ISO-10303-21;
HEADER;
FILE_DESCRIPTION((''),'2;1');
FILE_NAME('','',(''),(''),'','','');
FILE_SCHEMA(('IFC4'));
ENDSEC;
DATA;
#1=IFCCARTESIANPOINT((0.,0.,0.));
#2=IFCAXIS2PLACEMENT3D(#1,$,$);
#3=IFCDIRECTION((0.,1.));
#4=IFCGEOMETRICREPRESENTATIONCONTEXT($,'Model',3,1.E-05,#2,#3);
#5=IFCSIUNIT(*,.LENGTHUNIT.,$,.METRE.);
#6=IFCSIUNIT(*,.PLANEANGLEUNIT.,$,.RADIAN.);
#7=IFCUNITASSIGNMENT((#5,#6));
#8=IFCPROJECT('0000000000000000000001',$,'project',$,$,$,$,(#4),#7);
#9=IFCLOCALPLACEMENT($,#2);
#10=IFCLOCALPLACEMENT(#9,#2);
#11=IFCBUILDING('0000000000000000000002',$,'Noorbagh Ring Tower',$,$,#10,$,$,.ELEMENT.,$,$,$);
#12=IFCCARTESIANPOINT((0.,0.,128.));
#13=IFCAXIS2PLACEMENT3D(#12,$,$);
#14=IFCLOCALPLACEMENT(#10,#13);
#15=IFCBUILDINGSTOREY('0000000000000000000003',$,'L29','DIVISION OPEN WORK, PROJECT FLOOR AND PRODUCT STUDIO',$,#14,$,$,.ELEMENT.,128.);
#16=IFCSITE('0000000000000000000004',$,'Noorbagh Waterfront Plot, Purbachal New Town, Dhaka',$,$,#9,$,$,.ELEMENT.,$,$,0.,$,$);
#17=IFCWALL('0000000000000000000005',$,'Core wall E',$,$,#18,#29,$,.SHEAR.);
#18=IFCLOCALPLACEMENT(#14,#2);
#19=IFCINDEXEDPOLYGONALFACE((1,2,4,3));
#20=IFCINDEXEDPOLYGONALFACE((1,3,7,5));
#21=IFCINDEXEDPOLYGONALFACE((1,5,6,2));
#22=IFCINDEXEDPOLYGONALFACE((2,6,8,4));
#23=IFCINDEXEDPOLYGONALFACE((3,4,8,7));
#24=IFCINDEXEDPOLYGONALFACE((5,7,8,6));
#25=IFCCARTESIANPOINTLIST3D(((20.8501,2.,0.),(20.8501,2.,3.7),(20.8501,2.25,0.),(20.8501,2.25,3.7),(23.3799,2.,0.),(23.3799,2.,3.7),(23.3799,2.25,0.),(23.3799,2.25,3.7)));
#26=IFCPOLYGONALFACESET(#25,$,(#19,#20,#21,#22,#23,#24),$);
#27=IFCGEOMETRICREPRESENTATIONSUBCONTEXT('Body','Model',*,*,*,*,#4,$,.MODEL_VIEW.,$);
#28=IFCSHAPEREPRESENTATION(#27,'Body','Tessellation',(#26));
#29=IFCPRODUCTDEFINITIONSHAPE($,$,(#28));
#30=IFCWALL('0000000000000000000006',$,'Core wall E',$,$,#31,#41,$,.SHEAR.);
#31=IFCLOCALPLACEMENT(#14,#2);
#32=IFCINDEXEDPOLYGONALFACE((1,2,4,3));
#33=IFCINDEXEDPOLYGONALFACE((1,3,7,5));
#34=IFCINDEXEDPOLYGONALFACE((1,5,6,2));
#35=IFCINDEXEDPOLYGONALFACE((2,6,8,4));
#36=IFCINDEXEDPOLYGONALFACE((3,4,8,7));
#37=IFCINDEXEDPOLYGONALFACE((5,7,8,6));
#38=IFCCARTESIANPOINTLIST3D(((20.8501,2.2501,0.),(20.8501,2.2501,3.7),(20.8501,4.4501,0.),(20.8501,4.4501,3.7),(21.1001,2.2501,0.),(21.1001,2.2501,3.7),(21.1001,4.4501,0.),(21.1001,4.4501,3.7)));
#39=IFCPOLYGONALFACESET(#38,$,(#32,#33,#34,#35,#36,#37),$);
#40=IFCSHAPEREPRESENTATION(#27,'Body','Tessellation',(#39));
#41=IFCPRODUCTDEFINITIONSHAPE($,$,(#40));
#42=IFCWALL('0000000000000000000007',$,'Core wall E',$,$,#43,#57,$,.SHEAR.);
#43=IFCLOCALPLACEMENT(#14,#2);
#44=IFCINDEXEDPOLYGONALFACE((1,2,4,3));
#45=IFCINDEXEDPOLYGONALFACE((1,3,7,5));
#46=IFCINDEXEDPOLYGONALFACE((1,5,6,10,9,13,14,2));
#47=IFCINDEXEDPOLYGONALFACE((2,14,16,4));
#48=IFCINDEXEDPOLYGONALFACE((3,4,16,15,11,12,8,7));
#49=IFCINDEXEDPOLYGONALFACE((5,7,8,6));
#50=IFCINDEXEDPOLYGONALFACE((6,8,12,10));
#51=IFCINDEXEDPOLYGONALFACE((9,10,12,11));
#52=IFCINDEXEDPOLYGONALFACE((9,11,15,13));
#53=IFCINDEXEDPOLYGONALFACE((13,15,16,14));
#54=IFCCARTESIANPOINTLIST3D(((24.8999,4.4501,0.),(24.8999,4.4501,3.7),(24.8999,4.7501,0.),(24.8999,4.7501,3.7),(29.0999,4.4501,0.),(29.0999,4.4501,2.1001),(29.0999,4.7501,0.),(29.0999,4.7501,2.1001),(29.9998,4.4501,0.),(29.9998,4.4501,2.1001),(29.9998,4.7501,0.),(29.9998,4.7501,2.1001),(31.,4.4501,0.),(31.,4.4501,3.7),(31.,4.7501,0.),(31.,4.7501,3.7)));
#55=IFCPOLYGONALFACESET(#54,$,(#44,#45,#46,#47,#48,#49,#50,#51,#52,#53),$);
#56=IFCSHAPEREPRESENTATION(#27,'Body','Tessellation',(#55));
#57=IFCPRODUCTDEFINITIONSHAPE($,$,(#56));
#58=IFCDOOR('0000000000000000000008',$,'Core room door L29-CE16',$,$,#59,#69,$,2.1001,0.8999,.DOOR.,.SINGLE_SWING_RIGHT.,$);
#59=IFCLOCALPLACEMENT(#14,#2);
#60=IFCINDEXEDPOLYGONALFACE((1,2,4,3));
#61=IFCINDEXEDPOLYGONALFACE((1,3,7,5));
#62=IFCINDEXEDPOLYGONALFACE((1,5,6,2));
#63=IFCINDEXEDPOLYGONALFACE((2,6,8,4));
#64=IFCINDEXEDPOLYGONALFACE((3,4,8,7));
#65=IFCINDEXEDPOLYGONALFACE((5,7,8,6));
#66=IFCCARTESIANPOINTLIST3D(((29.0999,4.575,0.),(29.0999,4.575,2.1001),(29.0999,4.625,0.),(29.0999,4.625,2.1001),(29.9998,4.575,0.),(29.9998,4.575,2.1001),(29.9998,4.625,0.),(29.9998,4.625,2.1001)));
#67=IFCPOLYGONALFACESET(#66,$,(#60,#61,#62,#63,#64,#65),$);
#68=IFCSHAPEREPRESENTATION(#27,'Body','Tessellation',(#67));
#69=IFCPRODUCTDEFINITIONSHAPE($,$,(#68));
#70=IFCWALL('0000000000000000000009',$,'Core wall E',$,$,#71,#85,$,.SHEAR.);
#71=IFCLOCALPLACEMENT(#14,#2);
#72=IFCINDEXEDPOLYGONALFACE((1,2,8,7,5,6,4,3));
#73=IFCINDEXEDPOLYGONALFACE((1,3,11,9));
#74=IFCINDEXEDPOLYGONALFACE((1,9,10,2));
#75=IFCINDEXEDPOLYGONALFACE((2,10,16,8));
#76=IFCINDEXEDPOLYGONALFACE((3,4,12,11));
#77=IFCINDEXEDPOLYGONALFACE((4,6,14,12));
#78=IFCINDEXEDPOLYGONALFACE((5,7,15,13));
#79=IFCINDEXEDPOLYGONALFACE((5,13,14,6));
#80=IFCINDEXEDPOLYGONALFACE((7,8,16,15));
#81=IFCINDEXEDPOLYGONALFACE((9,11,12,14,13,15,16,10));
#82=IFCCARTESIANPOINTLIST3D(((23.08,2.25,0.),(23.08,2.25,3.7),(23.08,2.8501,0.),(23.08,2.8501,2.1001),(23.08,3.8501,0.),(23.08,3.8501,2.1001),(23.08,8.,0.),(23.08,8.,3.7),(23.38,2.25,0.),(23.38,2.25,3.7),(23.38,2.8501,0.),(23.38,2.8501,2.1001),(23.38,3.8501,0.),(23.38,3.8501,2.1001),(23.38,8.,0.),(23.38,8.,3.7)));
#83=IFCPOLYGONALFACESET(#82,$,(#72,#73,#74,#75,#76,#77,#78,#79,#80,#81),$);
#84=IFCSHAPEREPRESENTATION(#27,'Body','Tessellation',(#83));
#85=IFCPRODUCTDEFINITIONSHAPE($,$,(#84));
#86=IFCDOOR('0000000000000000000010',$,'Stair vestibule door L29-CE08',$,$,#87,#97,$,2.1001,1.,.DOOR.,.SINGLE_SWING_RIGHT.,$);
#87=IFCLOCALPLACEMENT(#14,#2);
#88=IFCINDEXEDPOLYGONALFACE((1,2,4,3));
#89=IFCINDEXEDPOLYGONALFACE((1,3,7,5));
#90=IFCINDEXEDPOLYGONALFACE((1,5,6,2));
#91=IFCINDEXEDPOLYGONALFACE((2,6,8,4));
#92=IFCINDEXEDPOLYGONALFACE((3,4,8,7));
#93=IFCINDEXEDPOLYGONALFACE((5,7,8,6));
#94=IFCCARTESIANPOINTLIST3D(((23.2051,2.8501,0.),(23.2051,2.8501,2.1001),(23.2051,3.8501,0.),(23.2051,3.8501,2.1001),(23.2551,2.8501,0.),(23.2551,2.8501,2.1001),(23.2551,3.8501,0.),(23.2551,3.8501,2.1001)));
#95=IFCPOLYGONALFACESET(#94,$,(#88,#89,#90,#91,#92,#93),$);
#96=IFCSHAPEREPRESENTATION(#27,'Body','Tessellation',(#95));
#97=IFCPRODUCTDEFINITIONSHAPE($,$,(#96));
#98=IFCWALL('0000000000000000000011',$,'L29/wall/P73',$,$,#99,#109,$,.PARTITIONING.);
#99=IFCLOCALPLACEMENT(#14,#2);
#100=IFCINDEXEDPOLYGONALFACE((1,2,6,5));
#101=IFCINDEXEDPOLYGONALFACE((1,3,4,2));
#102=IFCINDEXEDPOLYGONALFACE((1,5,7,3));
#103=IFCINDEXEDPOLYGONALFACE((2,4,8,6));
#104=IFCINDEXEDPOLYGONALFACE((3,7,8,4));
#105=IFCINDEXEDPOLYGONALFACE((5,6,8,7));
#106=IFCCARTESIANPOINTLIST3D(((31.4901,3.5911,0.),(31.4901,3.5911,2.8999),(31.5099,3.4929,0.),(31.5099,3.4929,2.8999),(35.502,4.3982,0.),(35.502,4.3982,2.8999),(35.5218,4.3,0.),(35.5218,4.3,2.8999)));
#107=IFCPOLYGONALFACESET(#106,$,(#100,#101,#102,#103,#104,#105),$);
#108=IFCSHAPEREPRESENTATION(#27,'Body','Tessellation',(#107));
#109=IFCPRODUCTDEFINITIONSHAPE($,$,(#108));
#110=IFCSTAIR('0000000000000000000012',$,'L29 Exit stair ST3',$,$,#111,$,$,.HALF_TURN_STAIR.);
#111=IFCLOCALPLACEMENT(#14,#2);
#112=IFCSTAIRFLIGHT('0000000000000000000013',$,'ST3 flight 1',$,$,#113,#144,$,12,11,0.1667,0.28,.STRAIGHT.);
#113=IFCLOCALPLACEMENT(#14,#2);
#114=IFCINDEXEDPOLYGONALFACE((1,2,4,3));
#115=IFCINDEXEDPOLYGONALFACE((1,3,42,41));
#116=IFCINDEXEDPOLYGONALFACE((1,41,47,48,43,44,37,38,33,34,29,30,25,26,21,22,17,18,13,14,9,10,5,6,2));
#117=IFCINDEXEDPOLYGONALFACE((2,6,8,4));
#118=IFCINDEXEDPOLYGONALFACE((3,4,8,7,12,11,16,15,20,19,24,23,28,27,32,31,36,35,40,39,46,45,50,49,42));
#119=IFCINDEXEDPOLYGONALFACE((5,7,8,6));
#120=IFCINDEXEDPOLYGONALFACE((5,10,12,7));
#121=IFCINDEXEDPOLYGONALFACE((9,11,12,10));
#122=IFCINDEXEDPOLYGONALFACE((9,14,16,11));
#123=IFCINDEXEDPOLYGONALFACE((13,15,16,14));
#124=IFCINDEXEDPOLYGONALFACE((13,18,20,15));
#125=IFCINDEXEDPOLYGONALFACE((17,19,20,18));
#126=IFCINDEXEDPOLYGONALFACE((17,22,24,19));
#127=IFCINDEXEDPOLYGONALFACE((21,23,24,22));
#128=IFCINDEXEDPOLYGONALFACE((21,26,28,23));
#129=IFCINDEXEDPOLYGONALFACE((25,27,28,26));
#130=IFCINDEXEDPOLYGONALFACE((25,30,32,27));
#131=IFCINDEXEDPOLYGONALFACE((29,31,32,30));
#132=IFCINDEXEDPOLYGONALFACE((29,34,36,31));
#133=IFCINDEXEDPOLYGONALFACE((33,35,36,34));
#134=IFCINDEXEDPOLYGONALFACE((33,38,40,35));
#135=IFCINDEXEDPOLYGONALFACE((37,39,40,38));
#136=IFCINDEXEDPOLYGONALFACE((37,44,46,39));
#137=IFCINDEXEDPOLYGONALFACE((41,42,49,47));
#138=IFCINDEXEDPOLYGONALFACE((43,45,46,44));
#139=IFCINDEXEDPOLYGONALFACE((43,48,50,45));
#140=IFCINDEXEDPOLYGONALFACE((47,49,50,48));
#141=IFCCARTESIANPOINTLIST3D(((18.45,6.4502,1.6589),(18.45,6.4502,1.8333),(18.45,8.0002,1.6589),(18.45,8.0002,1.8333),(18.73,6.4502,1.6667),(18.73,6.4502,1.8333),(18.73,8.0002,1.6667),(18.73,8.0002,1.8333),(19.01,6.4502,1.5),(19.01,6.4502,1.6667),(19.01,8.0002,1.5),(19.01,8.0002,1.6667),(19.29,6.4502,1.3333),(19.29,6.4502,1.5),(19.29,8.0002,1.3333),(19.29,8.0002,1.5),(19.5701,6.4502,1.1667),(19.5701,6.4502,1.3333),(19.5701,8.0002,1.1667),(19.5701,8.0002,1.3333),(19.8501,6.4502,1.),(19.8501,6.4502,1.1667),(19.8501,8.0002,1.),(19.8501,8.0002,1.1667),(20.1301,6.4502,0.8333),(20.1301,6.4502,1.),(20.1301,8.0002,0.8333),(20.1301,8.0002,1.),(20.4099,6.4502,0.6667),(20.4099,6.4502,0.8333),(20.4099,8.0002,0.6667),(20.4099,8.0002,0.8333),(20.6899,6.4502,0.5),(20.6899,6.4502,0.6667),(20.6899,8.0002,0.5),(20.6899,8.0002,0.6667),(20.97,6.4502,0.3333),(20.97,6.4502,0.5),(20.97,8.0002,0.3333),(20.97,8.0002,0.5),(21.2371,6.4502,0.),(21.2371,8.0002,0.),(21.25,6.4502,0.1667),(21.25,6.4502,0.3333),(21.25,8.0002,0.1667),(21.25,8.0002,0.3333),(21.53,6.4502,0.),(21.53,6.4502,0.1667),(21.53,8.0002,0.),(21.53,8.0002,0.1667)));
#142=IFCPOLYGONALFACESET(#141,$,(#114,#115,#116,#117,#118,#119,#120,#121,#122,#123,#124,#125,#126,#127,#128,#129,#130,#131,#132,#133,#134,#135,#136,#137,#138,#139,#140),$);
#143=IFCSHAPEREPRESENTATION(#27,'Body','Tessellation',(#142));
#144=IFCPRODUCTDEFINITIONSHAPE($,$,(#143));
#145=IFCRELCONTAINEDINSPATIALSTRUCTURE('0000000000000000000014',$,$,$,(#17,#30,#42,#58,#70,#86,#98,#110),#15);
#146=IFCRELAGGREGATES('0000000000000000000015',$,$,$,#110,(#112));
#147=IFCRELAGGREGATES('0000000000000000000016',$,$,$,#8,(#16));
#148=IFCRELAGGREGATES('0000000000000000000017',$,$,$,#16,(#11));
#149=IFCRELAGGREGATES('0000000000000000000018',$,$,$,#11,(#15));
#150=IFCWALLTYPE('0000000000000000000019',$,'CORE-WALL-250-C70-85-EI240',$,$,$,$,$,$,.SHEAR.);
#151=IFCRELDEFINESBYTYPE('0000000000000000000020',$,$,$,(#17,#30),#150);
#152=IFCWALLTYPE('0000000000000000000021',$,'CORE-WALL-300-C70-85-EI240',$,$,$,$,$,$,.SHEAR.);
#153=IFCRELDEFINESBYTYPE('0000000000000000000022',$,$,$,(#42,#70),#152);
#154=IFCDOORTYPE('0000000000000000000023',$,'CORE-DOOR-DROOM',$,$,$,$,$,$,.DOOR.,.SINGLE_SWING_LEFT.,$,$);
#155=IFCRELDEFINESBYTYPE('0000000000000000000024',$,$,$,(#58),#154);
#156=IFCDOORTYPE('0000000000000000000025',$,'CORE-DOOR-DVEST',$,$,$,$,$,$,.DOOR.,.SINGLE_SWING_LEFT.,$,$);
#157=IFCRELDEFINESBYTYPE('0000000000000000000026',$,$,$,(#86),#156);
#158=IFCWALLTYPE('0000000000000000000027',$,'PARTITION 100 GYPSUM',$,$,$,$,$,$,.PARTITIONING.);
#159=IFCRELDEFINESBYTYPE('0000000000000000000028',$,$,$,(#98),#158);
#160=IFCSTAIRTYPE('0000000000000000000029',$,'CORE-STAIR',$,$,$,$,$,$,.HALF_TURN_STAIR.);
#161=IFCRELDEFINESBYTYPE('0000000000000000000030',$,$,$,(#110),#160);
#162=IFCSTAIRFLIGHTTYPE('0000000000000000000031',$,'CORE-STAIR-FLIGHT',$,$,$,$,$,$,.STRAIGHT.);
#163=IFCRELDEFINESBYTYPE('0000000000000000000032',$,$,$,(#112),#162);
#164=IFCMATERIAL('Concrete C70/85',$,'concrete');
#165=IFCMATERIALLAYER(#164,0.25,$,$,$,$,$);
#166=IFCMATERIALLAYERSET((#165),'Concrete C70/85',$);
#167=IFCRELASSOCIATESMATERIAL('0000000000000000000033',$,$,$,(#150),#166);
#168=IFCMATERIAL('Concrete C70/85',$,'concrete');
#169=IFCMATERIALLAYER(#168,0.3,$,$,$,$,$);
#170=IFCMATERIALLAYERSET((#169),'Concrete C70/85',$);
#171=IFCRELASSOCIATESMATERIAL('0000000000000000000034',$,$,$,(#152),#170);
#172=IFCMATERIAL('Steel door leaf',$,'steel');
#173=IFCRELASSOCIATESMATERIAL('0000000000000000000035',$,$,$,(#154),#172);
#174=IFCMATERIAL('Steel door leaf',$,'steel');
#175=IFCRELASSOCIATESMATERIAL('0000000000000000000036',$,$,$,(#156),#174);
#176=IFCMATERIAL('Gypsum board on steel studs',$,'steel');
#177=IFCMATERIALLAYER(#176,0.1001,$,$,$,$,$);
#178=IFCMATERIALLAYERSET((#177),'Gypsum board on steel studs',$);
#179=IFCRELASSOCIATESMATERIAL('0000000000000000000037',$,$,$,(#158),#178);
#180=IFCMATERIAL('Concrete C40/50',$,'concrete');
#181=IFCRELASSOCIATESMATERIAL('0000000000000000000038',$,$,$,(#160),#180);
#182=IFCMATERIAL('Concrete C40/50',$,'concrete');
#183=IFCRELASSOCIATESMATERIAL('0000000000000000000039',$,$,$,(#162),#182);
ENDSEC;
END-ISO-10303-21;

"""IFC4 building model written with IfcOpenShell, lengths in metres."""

from ifc_helpers import new_model, si_unit, direction, frame, frame_2d, origin, place, context, subcontext, project, spatial, polyline, rectangle, outline, extrude, material, layer, layer_set, type_object, element, fill, aggregate, save


model = new_model("IFC4")

# Units and contexts
model_context = context("Model", 3, precision=1e-05, world=origin(), true_north=direction((0.0, 1.0)))
body_context = subcontext(model_context, "Body", "Model", "MODEL_VIEW")
ifc_project = project(units=[si_unit("LENGTHUNIT", "METRE"), si_unit("PLANEANGLEUNIT", "RADIAN")], contexts=[model_context])

# Site, building, storey
site_placement = place(None, origin())
site = spatial("IfcSite", under=ifc_project, at=site_placement, Name="Noorbagh Waterfront Plot, Purbachal New Town, Dhaka", CompositionType="ELEMENT", RefElevation=0.0)
building_placement = place(site_placement, origin())
building = spatial("IfcBuilding", under=site, at=building_placement, Name="Noorbagh Ring Tower", CompositionType="ELEMENT")
storey_placement = place(building_placement, frame((0.0, 0.0, 128.0)))
storey = spatial("IfcBuildingStorey", under=building, at=storey_placement, Name="L29", Description="DIVISION OPEN WORK, PROJECT FLOOR AND PRODUCT STUDIO", CompositionType="ELEMENT", Elevation=128.0)

# Walls
ifc_material_1 = material(Name="Concrete C70/85", Category="concrete")
ifc_layer_1 = layer(ifc_material_1, 0.25)
ifc_layer_set_1 = layer_set([ifc_layer_1], Name="Concrete C70/85")
wall_type_1 = type_object("IfcWallType", Name="CORE-WALL-250-C70-85-EI240", PredefinedType="SHEAR", material=ifc_layer_set_1)
wall_1_placement = place(storey_placement, frame((20.8501, 2.125, 0.0), z_axis=(0.0, 0.0, 1.0), x_axis=(1.0, 0.0, 0.0)))
element("IfcWall", 1, at=wall_1_placement, inside=storey, type_object=wall_type_1, Name="Core wall E", PredefinedType="SHEAR", context=body_context, shape_type="SweptSolid", body=[
    extrude(rectangle(XDim=2.5298, YDim=0.25, at=frame_2d((1.2649, 0.0))), origin(), (0.0, 0.0, 1.0), 3.7),
])
wall_2_placement = place(storey_placement, frame((20.9751, 2.25, 0.0), z_axis=(0.0, 0.0, 1.0), x_axis=(0.0, 1.0, 0.0)))
element("IfcWall", 2, at=wall_2_placement, inside=storey, type_object=wall_type_1, Name="Core wall E", PredefinedType="SHEAR", context=body_context, shape_type="SweptSolid", body=[
    extrude(rectangle(XDim=2.2, YDim=0.25, at=frame_2d((1.1001, 0.0))), origin(), (0.0, 0.0, 1.0), 3.7),
])

# Walls, openings, doors
ifc_material_2 = material(Name="Concrete C70/85", Category="concrete")
ifc_layer_2 = layer(ifc_material_2, 0.3)
ifc_layer_set_2 = layer_set([ifc_layer_2], Name="Concrete C70/85")
wall_type_2 = type_object("IfcWallType", Name="CORE-WALL-300-C70-85-EI240", PredefinedType="SHEAR", material=ifc_layer_set_2)
wall_3_placement = place(storey_placement, frame((24.8999, 4.6001, 0.0), z_axis=(0.0, 0.0, 1.0), x_axis=(1.0, 0.0, 0.0)))
wall_3 = element("IfcWall", 3, at=wall_3_placement, inside=storey, type_object=wall_type_2, Name="Core wall E", PredefinedType="SHEAR", context=body_context, shape_type="SweptSolid", body=[
    extrude(rectangle(XDim=6.1001, YDim=0.3, at=frame_2d((3.05, 0.0))), origin(), (0.0, 0.0, 1.0), 3.7),
])
opening_1_placement = place(wall_3_placement, frame((4.2, 0.0, 0.0)))
opening_1 = element("IfcOpeningElement", 4, at=opening_1_placement, cuts=wall_3, PredefinedType="OPENING", context=body_context, shape_type="SweptSolid", body=[
    extrude(rectangle(XDim=0.8999, YDim=2.1001, at=frame_2d((0.45, 1.05))), frame((0.0, 0.1602, 0.0), z_axis=(0.0, -1.0, 0.0), x_axis=(1.0, 0.0, 0.0)), (0.0, 0.0, 1.0), 0.3201),
])
ifc_material_3 = material(Name="Steel door leaf", Category="steel")
door_type_1 = type_object("IfcDoorType", Name="CORE-DOOR-DROOM", OperationType="SINGLE_SWING_LEFT", PredefinedType="DOOR", material=ifc_material_3)
door_1_placement = place(opening_1_placement, origin())
door_1 = element("IfcDoor", 5, at=door_1_placement, inside=storey, type_object=door_type_1, Name="Core room door L29-CE16", OperationType="SINGLE_SWING_RIGHT", OverallHeight=2.1001, OverallWidth=0.8999, PredefinedType="DOOR", context=body_context, shape_type="SweptSolid", body=[
    extrude(rectangle(XDim=0.8999, YDim=2.1001, at=frame_2d((0.45, 1.05))), frame((0.0, 0.0249, 0.0), z_axis=(0.0, -1.0, 0.0), x_axis=(1.0, 0.0, 0.0)), (0.0, 0.0, 1.0), 0.05),
])
fill(opening_1, door_1)
wall_4_placement = place(storey_placement, frame((23.23, 2.25, 0.0), z_axis=(0.0, 0.0, 1.0), x_axis=(0.0, 1.0, 0.0)))
wall_4 = element("IfcWall", 6, at=wall_4_placement, inside=storey, type_object=wall_type_2, Name="Core wall E", PredefinedType="SHEAR", context=body_context, shape_type="SweptSolid", body=[
    extrude(rectangle(XDim=5.75, YDim=0.3, at=frame_2d((2.875, 0.0))), origin(), (0.0, 0.0, 1.0), 3.7),
])
opening_2_placement = place(wall_4_placement, frame((0.6001, 0.0, 0.0)))
opening_2 = element("IfcOpeningElement", 7, at=opening_2_placement, cuts=wall_4, PredefinedType="OPENING", context=body_context, shape_type="SweptSolid", body=[
    extrude(rectangle(XDim=1.0, YDim=2.1001, at=frame_2d((0.5, 1.05))), frame((0.0, 0.1602, 0.0), z_axis=(0.0, -1.0, 0.0), x_axis=(1.0, 0.0, 0.0)), (0.0, 0.0, 1.0), 0.3201),
])
ifc_material_4 = material(Name="Steel door leaf", Category="steel")
door_type_2 = type_object("IfcDoorType", Name="CORE-DOOR-DVEST", OperationType="SINGLE_SWING_LEFT", PredefinedType="DOOR", material=ifc_material_4)
door_2_placement = place(opening_2_placement, origin())
door_2 = element("IfcDoor", 8, at=door_2_placement, inside=storey, type_object=door_type_2, Name="Stair vestibule door L29-CE08", OperationType="SINGLE_SWING_RIGHT", OverallHeight=2.1001, OverallWidth=1.0, PredefinedType="DOOR", context=body_context, shape_type="SweptSolid", body=[
    extrude(rectangle(XDim=1.0, YDim=2.1001, at=frame_2d((0.5, 1.05))), frame((0.0, 0.0249, 0.0), z_axis=(0.0, -1.0, 0.0), x_axis=(1.0, 0.0, 0.0)), (0.0, 0.0, 1.0), 0.05),
])
fill(opening_2, door_2)

# Wall
ifc_material_5 = material(Name="Gypsum board on steel studs", Category="steel")
ifc_layer_3 = layer(ifc_material_5, 0.1001)
ifc_layer_set_3 = layer_set([ifc_layer_3], Name="Gypsum board on steel studs")
wall_type_3 = type_object("IfcWallType", Name="PARTITION 100 GYPSUM", PredefinedType="PARTITIONING", material=ifc_layer_set_3)
wall_5_placement = place(storey_placement, frame((31.5, 3.542, 0.0), z_axis=(0.0, 0.0, 1.0), x_axis=(0.980357, 0.197229, 0.0)))
element("IfcWall", 9, at=wall_5_placement, inside=storey, type_object=wall_type_3, Name="L29/wall/P73", PredefinedType="PARTITIONING", context=body_context, shape_type="SweptSolid", body=[
    extrude(rectangle(XDim=4.0923, YDim=0.1001, at=frame_2d((2.0461, 0.0))), origin(), (0.0, 0.0, 1.0), 2.8999),
])

# Stair, stair flight
ifc_material_6 = material(Name="Concrete C40/50", Category="concrete")
stair_type = type_object("IfcStairType", Name="CORE-STAIR", PredefinedType="HALF_TURN_STAIR", material=ifc_material_6)
stair_placement = place(storey_placement, origin())
stair = element("IfcStair", 10, at=stair_placement, inside=storey, type_object=stair_type, Name="L29 Exit stair ST3", PredefinedType="HALF_TURN_STAIR")
ifc_material_7 = material(Name="Concrete C40/50", Category="concrete")
stair_flight_type = type_object("IfcStairFlightType", Name="CORE-STAIR-FLIGHT", PredefinedType="STRAIGHT", material=ifc_material_7)
stair_flight_1_placement = place(storey_placement, frame((21.53, 7.2251, 0.0), z_axis=(0.0, 0.0, 1.0), x_axis=(-1.0, 0.0, 0.0)))
stair_flight_1 = element("IfcStairFlight", 11, at=stair_flight_1_placement, type_object=stair_flight_type, Name="ST3 flight 1", NumberOfRisers=12, NumberOfTreads=11, PredefinedType="STRAIGHT", RiserHeight=0.1667, TreadLength=0.28, context=body_context, shape_type="SweptSolid", body=[
    extrude(outline(polyline([(0.0, 0.0), (0.0, 0.1667), (0.28, 0.1667), (0.28, 0.3333), (0.5601, 0.3333), (0.5601, 0.5), (0.8401, 0.5), (0.8401, 0.6667), (1.1201, 0.6667), (1.1201, 0.8333), (1.3999, 0.8333), (1.3999, 1.0), (1.6799, 1.0), (1.6799, 1.1667), (1.96, 1.1667), (1.96, 1.3333), (2.24, 1.3333), (2.24, 1.5), (2.52, 1.5), (2.52, 1.6667), (2.8, 1.6667), (2.8, 1.8333), (3.0801, 1.8333), (3.0801, 2.0), (3.0801, 1.6589), (0.293, 0.0), (0.0, 0.0)])), frame((0.0, 0.7749, 0.0), z_axis=(0.0, -1.0, 0.0), x_axis=(1.0, 0.0, 0.0)), (0.0, 0.0, 1.0), 1.55),
])
aggregate(stair, [stair_flight_1])

save(model, "model.ifc")
